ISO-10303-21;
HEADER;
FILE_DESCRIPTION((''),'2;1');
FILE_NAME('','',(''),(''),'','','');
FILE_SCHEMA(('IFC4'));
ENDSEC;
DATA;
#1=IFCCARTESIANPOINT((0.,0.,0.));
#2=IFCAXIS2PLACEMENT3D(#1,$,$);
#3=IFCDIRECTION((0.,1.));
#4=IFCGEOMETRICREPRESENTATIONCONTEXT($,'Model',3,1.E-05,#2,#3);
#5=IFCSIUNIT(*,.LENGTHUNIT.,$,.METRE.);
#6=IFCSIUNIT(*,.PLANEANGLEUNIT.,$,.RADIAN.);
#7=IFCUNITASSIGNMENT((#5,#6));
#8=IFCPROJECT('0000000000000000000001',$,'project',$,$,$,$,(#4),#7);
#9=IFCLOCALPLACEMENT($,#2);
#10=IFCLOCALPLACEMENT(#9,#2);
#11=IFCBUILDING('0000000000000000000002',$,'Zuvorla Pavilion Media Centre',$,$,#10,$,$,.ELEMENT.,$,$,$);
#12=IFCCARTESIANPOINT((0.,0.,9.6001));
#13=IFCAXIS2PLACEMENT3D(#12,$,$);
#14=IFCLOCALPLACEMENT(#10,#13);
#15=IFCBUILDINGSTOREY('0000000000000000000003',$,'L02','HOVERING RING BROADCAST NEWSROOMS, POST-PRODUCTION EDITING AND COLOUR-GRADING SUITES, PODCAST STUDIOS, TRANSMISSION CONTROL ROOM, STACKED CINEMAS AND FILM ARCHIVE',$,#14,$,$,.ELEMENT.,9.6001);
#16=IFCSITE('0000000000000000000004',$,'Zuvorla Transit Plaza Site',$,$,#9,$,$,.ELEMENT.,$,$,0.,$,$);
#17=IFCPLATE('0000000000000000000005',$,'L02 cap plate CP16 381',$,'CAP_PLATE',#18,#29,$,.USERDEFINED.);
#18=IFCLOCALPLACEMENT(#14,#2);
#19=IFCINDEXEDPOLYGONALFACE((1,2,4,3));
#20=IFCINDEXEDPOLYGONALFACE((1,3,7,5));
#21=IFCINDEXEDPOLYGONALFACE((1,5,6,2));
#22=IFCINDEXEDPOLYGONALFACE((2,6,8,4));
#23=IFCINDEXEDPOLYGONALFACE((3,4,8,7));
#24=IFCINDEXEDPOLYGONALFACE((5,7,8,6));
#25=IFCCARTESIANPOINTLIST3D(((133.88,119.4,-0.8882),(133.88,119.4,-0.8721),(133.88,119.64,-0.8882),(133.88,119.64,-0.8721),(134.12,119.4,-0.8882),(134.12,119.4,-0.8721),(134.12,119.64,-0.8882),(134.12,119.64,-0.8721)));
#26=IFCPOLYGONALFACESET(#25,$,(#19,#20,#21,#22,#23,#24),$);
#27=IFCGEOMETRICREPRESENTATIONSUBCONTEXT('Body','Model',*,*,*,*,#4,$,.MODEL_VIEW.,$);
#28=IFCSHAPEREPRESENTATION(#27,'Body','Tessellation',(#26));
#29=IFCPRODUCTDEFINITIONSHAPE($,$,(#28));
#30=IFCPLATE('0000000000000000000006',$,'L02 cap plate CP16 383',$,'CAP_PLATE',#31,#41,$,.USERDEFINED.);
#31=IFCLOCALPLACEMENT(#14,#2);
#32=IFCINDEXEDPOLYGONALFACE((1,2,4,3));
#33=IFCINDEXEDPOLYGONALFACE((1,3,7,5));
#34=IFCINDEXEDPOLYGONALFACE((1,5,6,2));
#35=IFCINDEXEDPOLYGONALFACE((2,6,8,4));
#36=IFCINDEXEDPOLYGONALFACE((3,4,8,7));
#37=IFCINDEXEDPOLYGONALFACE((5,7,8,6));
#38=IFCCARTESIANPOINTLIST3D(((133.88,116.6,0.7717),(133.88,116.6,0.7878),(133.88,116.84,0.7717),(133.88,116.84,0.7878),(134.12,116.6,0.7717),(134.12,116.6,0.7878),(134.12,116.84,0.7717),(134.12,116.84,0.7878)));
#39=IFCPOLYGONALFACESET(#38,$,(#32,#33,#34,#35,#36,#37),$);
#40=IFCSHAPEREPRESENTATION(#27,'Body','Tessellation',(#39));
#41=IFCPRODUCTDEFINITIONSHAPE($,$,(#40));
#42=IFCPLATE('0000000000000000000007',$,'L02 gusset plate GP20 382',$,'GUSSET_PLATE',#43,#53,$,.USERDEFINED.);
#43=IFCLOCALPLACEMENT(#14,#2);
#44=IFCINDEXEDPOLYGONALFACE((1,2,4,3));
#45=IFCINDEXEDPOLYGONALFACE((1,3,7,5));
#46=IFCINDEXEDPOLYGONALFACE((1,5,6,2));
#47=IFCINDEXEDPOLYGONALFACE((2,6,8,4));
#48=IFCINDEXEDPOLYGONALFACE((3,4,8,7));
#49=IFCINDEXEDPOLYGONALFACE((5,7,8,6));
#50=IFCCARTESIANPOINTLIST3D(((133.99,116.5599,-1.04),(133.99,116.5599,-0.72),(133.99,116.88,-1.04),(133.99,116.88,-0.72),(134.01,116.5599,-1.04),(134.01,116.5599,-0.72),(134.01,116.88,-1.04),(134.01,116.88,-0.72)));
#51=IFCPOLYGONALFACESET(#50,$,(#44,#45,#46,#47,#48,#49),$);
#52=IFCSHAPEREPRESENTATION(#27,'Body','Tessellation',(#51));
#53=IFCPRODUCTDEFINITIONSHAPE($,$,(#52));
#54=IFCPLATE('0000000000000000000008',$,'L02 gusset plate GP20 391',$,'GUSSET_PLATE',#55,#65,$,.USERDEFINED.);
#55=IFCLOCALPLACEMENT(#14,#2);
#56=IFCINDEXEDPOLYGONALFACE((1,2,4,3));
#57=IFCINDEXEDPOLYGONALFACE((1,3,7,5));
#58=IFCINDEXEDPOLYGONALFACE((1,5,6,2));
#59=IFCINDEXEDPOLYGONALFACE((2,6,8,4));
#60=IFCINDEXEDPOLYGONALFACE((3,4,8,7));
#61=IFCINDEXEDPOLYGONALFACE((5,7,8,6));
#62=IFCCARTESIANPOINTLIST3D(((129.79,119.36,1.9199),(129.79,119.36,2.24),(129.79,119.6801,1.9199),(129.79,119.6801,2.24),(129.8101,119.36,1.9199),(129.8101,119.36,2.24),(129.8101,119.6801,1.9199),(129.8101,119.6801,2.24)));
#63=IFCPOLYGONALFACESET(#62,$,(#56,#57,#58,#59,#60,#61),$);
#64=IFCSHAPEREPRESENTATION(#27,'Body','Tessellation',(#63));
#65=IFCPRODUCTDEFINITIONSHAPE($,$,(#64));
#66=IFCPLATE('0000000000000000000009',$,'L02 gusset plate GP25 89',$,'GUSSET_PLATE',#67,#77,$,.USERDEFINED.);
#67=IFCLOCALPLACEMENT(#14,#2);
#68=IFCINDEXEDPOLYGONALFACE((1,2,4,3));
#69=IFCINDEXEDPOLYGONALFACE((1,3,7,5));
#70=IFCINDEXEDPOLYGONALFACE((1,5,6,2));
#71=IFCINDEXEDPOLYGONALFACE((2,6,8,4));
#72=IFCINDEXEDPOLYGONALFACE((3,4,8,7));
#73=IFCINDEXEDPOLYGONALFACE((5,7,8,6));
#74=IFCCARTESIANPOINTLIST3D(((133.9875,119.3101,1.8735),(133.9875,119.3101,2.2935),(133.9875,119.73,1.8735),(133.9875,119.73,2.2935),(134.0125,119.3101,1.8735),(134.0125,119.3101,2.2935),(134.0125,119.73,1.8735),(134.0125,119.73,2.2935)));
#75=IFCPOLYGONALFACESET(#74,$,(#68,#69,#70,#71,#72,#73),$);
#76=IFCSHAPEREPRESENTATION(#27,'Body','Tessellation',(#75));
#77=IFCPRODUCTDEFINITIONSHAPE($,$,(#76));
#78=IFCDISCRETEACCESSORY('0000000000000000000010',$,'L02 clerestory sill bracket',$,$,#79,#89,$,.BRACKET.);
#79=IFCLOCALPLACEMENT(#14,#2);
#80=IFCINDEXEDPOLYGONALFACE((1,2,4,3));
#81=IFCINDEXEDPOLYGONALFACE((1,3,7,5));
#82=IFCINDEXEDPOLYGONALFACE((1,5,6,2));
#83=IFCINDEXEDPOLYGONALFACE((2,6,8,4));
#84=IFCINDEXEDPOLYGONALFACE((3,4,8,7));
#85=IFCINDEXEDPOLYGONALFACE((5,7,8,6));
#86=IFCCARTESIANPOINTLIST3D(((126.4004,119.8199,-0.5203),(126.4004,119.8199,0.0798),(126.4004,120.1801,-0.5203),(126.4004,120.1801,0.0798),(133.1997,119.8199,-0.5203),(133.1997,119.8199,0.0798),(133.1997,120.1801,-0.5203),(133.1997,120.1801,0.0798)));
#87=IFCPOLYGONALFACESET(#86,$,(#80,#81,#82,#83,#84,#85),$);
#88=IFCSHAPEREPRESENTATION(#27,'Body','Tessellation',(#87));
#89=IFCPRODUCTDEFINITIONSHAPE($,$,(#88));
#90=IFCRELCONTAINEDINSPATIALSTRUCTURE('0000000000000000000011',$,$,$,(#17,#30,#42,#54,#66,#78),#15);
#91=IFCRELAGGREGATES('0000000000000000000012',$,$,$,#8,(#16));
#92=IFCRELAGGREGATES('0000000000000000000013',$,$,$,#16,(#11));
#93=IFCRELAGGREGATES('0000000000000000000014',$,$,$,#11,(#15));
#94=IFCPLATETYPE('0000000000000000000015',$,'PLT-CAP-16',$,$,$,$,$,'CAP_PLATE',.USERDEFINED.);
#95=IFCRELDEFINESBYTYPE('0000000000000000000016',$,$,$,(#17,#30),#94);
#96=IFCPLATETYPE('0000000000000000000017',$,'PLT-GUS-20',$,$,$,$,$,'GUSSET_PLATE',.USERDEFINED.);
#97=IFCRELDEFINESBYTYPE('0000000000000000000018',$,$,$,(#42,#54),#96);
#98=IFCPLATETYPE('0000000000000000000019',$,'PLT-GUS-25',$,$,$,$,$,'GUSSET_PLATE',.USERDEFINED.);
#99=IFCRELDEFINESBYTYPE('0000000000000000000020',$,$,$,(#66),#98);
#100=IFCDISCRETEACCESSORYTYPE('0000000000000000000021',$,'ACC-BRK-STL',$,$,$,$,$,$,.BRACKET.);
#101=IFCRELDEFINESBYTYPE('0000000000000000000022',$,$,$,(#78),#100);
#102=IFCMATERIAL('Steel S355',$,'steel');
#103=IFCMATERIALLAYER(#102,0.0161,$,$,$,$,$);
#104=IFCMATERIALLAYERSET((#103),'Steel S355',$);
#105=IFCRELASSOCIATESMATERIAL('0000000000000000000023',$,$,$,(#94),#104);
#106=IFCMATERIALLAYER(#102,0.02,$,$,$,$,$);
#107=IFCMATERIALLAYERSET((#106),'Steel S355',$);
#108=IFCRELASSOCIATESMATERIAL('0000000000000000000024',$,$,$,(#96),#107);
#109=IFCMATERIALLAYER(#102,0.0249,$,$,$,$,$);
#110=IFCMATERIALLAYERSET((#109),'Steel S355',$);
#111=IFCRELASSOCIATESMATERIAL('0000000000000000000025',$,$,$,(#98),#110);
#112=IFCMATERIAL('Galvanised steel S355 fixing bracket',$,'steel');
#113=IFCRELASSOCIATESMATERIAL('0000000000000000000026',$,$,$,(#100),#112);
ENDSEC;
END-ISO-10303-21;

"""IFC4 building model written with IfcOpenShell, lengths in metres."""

from ifc_helpers import new_model, si_unit, direction, frame, origin, origin_2d, place, context, subcontext, project, spatial, rectangle, extrude, material, layer, layer_set, type_object, element, save


model = new_model("IFC4")

# Units and contexts
model_context = context("Model", 3, precision=1e-05, world=origin(), true_north=direction((0.0, 1.0)))
body_context = subcontext(model_context, "Body", "Model", "MODEL_VIEW")
ifc_project = project(units=[si_unit("LENGTHUNIT", "METRE"), si_unit("PLANEANGLEUNIT", "RADIAN")], contexts=[model_context])

# Site, building, storey
site_placement = place(None, origin())
site = spatial("IfcSite", under=ifc_project, at=site_placement, Name="Zuvorla Transit Plaza Site", CompositionType="ELEMENT", RefElevation=0.0)
building_placement = place(site_placement, origin())
building = spatial("IfcBuilding", under=site, at=building_placement, Name="Zuvorla Pavilion Media Centre", CompositionType="ELEMENT")
storey_placement = place(building_placement, frame((0.0, 0.0, 9.6001)))
storey = spatial("IfcBuildingStorey", under=building, at=storey_placement, Name="L02", Description="HOVERING RING BROADCAST NEWSROOMS, POST-PRODUCTION EDITING AND COLOUR-GRADING SUITES, PODCAST STUDIOS, TRANSMISSION CONTROL ROOM, STACKED CINEMAS AND FILM ARCHIVE", CompositionType="ELEMENT", Elevation=9.6001)

# Shared definitions
ifc_material_1 = material(Name="Steel S355", Category="steel")

# Plates
ifc_layer_1 = layer(ifc_material_1, 0.0161)
ifc_layer_set_1 = layer_set([ifc_layer_1], Name="Steel S355")
plate_type_1 = type_object("IfcPlateType", Name="PLT-CAP-16", ElementType="CAP_PLATE", PredefinedType="USERDEFINED", material=ifc_layer_set_1)
for number, where, z_axis, x_axis, name in (
    (1, (134.0, 119.52, -0.8882), (0.0, 0.0, 1.0), (1.0, 0.0, 0.0), "L02 cap plate CP16 381"),
    (2, (134.0, 116.72, 0.7717), (0.0, 0.0, 1.0), (1.0, 0.0, 0.0), "L02 cap plate CP16 383"),
):
    element("IfcPlate", number, at=place(storey_placement, frame(where, z_axis=z_axis, x_axis=x_axis)), inside=storey, type_object=plate_type_1, Name=name, ObjectType="CAP_PLATE", PredefinedType="USERDEFINED", context=body_context, shape_type="SweptSolid", body=[
        extrude(rectangle(XDim=0.24, YDim=0.24, at=origin_2d()), origin(), (0.0, 0.0, 1.0), 0.0161),
    ])
ifc_layer_2 = layer(ifc_material_1, 0.02)
ifc_layer_set_2 = layer_set([ifc_layer_2], Name="Steel S355")
plate_type_2 = type_object("IfcPlateType", Name="PLT-GUS-20", ElementType="GUSSET_PLATE", PredefinedType="USERDEFINED", material=ifc_layer_set_2)
for number, where, z_axis, x_axis, name in (
    (3, (134.0, 116.72, -1.04), (0.0, 0.0, 1.0), (1.0, 0.0, 0.0), "L02 gusset plate GP20 382"),
    (4, (129.8, 119.52, 1.9199), (0.0, 0.0, 1.0), (1.0, 0.0, 0.0), "L02 gusset plate GP20 391"),
):
    element("IfcPlate", number, at=place(storey_placement, frame(where, z_axis=z_axis, x_axis=x_axis)), inside=storey, type_object=plate_type_2, Name=name, ObjectType="GUSSET_PLATE", PredefinedType="USERDEFINED", context=body_context, shape_type="SweptSolid", body=[
        extrude(rectangle(XDim=0.02, YDim=0.3201, at=origin_2d()), origin(), (0.0, 0.0, 1.0), 0.3201),
    ])
ifc_layer_3 = layer(ifc_material_1, 0.0249)
ifc_layer_set_3 = layer_set([ifc_layer_3], Name="Steel S355")
plate_type_3 = type_object("IfcPlateType", Name="PLT-GUS-25", ElementType="GUSSET_PLATE", PredefinedType="USERDEFINED", material=ifc_layer_set_3)
plate_1_placement = place(storey_placement, frame((134.0, 119.52, 1.8735), z_axis=(0.0, 0.0, 1.0), x_axis=(1.0, 0.0, 0.0)))
element("IfcPlate", 5, at=plate_1_placement, inside=storey, type_object=plate_type_3, Name="L02 gusset plate GP25 89", ObjectType="GUSSET_PLATE", PredefinedType="USERDEFINED", context=body_context, shape_type="SweptSolid", body=[
    extrude(rectangle(XDim=0.0249, YDim=0.4199, at=origin_2d()), origin(), (0.0, 0.0, 1.0), 0.4199),
])

# Discrete accessory
ifc_material_2 = material(Name="Galvanised steel S355 fixing bracket", Category="steel")
discrete_accessory_type = type_object("IfcDiscreteAccessoryType", Name="ACC-BRK-STL", PredefinedType="BRACKET", material=ifc_material_2)
discrete_accessory_placement = place(storey_placement, frame((129.8, 120.0, -0.5203), z_axis=(0.0, 0.0, 1.0), x_axis=(1.0, 0.0, 0.0)))
element("IfcDiscreteAccessory", 6, at=discrete_accessory_placement, inside=storey, type_object=discrete_accessory_type, Name="L02 clerestory sill bracket", PredefinedType="BRACKET", context=body_context, shape_type="SweptSolid", body=[
    extrude(rectangle(XDim=6.7993, YDim=0.3601, at=origin_2d()), origin(), (0.0, 0.0, 1.0), 0.6001),
])

save(model, "model.ifc")
